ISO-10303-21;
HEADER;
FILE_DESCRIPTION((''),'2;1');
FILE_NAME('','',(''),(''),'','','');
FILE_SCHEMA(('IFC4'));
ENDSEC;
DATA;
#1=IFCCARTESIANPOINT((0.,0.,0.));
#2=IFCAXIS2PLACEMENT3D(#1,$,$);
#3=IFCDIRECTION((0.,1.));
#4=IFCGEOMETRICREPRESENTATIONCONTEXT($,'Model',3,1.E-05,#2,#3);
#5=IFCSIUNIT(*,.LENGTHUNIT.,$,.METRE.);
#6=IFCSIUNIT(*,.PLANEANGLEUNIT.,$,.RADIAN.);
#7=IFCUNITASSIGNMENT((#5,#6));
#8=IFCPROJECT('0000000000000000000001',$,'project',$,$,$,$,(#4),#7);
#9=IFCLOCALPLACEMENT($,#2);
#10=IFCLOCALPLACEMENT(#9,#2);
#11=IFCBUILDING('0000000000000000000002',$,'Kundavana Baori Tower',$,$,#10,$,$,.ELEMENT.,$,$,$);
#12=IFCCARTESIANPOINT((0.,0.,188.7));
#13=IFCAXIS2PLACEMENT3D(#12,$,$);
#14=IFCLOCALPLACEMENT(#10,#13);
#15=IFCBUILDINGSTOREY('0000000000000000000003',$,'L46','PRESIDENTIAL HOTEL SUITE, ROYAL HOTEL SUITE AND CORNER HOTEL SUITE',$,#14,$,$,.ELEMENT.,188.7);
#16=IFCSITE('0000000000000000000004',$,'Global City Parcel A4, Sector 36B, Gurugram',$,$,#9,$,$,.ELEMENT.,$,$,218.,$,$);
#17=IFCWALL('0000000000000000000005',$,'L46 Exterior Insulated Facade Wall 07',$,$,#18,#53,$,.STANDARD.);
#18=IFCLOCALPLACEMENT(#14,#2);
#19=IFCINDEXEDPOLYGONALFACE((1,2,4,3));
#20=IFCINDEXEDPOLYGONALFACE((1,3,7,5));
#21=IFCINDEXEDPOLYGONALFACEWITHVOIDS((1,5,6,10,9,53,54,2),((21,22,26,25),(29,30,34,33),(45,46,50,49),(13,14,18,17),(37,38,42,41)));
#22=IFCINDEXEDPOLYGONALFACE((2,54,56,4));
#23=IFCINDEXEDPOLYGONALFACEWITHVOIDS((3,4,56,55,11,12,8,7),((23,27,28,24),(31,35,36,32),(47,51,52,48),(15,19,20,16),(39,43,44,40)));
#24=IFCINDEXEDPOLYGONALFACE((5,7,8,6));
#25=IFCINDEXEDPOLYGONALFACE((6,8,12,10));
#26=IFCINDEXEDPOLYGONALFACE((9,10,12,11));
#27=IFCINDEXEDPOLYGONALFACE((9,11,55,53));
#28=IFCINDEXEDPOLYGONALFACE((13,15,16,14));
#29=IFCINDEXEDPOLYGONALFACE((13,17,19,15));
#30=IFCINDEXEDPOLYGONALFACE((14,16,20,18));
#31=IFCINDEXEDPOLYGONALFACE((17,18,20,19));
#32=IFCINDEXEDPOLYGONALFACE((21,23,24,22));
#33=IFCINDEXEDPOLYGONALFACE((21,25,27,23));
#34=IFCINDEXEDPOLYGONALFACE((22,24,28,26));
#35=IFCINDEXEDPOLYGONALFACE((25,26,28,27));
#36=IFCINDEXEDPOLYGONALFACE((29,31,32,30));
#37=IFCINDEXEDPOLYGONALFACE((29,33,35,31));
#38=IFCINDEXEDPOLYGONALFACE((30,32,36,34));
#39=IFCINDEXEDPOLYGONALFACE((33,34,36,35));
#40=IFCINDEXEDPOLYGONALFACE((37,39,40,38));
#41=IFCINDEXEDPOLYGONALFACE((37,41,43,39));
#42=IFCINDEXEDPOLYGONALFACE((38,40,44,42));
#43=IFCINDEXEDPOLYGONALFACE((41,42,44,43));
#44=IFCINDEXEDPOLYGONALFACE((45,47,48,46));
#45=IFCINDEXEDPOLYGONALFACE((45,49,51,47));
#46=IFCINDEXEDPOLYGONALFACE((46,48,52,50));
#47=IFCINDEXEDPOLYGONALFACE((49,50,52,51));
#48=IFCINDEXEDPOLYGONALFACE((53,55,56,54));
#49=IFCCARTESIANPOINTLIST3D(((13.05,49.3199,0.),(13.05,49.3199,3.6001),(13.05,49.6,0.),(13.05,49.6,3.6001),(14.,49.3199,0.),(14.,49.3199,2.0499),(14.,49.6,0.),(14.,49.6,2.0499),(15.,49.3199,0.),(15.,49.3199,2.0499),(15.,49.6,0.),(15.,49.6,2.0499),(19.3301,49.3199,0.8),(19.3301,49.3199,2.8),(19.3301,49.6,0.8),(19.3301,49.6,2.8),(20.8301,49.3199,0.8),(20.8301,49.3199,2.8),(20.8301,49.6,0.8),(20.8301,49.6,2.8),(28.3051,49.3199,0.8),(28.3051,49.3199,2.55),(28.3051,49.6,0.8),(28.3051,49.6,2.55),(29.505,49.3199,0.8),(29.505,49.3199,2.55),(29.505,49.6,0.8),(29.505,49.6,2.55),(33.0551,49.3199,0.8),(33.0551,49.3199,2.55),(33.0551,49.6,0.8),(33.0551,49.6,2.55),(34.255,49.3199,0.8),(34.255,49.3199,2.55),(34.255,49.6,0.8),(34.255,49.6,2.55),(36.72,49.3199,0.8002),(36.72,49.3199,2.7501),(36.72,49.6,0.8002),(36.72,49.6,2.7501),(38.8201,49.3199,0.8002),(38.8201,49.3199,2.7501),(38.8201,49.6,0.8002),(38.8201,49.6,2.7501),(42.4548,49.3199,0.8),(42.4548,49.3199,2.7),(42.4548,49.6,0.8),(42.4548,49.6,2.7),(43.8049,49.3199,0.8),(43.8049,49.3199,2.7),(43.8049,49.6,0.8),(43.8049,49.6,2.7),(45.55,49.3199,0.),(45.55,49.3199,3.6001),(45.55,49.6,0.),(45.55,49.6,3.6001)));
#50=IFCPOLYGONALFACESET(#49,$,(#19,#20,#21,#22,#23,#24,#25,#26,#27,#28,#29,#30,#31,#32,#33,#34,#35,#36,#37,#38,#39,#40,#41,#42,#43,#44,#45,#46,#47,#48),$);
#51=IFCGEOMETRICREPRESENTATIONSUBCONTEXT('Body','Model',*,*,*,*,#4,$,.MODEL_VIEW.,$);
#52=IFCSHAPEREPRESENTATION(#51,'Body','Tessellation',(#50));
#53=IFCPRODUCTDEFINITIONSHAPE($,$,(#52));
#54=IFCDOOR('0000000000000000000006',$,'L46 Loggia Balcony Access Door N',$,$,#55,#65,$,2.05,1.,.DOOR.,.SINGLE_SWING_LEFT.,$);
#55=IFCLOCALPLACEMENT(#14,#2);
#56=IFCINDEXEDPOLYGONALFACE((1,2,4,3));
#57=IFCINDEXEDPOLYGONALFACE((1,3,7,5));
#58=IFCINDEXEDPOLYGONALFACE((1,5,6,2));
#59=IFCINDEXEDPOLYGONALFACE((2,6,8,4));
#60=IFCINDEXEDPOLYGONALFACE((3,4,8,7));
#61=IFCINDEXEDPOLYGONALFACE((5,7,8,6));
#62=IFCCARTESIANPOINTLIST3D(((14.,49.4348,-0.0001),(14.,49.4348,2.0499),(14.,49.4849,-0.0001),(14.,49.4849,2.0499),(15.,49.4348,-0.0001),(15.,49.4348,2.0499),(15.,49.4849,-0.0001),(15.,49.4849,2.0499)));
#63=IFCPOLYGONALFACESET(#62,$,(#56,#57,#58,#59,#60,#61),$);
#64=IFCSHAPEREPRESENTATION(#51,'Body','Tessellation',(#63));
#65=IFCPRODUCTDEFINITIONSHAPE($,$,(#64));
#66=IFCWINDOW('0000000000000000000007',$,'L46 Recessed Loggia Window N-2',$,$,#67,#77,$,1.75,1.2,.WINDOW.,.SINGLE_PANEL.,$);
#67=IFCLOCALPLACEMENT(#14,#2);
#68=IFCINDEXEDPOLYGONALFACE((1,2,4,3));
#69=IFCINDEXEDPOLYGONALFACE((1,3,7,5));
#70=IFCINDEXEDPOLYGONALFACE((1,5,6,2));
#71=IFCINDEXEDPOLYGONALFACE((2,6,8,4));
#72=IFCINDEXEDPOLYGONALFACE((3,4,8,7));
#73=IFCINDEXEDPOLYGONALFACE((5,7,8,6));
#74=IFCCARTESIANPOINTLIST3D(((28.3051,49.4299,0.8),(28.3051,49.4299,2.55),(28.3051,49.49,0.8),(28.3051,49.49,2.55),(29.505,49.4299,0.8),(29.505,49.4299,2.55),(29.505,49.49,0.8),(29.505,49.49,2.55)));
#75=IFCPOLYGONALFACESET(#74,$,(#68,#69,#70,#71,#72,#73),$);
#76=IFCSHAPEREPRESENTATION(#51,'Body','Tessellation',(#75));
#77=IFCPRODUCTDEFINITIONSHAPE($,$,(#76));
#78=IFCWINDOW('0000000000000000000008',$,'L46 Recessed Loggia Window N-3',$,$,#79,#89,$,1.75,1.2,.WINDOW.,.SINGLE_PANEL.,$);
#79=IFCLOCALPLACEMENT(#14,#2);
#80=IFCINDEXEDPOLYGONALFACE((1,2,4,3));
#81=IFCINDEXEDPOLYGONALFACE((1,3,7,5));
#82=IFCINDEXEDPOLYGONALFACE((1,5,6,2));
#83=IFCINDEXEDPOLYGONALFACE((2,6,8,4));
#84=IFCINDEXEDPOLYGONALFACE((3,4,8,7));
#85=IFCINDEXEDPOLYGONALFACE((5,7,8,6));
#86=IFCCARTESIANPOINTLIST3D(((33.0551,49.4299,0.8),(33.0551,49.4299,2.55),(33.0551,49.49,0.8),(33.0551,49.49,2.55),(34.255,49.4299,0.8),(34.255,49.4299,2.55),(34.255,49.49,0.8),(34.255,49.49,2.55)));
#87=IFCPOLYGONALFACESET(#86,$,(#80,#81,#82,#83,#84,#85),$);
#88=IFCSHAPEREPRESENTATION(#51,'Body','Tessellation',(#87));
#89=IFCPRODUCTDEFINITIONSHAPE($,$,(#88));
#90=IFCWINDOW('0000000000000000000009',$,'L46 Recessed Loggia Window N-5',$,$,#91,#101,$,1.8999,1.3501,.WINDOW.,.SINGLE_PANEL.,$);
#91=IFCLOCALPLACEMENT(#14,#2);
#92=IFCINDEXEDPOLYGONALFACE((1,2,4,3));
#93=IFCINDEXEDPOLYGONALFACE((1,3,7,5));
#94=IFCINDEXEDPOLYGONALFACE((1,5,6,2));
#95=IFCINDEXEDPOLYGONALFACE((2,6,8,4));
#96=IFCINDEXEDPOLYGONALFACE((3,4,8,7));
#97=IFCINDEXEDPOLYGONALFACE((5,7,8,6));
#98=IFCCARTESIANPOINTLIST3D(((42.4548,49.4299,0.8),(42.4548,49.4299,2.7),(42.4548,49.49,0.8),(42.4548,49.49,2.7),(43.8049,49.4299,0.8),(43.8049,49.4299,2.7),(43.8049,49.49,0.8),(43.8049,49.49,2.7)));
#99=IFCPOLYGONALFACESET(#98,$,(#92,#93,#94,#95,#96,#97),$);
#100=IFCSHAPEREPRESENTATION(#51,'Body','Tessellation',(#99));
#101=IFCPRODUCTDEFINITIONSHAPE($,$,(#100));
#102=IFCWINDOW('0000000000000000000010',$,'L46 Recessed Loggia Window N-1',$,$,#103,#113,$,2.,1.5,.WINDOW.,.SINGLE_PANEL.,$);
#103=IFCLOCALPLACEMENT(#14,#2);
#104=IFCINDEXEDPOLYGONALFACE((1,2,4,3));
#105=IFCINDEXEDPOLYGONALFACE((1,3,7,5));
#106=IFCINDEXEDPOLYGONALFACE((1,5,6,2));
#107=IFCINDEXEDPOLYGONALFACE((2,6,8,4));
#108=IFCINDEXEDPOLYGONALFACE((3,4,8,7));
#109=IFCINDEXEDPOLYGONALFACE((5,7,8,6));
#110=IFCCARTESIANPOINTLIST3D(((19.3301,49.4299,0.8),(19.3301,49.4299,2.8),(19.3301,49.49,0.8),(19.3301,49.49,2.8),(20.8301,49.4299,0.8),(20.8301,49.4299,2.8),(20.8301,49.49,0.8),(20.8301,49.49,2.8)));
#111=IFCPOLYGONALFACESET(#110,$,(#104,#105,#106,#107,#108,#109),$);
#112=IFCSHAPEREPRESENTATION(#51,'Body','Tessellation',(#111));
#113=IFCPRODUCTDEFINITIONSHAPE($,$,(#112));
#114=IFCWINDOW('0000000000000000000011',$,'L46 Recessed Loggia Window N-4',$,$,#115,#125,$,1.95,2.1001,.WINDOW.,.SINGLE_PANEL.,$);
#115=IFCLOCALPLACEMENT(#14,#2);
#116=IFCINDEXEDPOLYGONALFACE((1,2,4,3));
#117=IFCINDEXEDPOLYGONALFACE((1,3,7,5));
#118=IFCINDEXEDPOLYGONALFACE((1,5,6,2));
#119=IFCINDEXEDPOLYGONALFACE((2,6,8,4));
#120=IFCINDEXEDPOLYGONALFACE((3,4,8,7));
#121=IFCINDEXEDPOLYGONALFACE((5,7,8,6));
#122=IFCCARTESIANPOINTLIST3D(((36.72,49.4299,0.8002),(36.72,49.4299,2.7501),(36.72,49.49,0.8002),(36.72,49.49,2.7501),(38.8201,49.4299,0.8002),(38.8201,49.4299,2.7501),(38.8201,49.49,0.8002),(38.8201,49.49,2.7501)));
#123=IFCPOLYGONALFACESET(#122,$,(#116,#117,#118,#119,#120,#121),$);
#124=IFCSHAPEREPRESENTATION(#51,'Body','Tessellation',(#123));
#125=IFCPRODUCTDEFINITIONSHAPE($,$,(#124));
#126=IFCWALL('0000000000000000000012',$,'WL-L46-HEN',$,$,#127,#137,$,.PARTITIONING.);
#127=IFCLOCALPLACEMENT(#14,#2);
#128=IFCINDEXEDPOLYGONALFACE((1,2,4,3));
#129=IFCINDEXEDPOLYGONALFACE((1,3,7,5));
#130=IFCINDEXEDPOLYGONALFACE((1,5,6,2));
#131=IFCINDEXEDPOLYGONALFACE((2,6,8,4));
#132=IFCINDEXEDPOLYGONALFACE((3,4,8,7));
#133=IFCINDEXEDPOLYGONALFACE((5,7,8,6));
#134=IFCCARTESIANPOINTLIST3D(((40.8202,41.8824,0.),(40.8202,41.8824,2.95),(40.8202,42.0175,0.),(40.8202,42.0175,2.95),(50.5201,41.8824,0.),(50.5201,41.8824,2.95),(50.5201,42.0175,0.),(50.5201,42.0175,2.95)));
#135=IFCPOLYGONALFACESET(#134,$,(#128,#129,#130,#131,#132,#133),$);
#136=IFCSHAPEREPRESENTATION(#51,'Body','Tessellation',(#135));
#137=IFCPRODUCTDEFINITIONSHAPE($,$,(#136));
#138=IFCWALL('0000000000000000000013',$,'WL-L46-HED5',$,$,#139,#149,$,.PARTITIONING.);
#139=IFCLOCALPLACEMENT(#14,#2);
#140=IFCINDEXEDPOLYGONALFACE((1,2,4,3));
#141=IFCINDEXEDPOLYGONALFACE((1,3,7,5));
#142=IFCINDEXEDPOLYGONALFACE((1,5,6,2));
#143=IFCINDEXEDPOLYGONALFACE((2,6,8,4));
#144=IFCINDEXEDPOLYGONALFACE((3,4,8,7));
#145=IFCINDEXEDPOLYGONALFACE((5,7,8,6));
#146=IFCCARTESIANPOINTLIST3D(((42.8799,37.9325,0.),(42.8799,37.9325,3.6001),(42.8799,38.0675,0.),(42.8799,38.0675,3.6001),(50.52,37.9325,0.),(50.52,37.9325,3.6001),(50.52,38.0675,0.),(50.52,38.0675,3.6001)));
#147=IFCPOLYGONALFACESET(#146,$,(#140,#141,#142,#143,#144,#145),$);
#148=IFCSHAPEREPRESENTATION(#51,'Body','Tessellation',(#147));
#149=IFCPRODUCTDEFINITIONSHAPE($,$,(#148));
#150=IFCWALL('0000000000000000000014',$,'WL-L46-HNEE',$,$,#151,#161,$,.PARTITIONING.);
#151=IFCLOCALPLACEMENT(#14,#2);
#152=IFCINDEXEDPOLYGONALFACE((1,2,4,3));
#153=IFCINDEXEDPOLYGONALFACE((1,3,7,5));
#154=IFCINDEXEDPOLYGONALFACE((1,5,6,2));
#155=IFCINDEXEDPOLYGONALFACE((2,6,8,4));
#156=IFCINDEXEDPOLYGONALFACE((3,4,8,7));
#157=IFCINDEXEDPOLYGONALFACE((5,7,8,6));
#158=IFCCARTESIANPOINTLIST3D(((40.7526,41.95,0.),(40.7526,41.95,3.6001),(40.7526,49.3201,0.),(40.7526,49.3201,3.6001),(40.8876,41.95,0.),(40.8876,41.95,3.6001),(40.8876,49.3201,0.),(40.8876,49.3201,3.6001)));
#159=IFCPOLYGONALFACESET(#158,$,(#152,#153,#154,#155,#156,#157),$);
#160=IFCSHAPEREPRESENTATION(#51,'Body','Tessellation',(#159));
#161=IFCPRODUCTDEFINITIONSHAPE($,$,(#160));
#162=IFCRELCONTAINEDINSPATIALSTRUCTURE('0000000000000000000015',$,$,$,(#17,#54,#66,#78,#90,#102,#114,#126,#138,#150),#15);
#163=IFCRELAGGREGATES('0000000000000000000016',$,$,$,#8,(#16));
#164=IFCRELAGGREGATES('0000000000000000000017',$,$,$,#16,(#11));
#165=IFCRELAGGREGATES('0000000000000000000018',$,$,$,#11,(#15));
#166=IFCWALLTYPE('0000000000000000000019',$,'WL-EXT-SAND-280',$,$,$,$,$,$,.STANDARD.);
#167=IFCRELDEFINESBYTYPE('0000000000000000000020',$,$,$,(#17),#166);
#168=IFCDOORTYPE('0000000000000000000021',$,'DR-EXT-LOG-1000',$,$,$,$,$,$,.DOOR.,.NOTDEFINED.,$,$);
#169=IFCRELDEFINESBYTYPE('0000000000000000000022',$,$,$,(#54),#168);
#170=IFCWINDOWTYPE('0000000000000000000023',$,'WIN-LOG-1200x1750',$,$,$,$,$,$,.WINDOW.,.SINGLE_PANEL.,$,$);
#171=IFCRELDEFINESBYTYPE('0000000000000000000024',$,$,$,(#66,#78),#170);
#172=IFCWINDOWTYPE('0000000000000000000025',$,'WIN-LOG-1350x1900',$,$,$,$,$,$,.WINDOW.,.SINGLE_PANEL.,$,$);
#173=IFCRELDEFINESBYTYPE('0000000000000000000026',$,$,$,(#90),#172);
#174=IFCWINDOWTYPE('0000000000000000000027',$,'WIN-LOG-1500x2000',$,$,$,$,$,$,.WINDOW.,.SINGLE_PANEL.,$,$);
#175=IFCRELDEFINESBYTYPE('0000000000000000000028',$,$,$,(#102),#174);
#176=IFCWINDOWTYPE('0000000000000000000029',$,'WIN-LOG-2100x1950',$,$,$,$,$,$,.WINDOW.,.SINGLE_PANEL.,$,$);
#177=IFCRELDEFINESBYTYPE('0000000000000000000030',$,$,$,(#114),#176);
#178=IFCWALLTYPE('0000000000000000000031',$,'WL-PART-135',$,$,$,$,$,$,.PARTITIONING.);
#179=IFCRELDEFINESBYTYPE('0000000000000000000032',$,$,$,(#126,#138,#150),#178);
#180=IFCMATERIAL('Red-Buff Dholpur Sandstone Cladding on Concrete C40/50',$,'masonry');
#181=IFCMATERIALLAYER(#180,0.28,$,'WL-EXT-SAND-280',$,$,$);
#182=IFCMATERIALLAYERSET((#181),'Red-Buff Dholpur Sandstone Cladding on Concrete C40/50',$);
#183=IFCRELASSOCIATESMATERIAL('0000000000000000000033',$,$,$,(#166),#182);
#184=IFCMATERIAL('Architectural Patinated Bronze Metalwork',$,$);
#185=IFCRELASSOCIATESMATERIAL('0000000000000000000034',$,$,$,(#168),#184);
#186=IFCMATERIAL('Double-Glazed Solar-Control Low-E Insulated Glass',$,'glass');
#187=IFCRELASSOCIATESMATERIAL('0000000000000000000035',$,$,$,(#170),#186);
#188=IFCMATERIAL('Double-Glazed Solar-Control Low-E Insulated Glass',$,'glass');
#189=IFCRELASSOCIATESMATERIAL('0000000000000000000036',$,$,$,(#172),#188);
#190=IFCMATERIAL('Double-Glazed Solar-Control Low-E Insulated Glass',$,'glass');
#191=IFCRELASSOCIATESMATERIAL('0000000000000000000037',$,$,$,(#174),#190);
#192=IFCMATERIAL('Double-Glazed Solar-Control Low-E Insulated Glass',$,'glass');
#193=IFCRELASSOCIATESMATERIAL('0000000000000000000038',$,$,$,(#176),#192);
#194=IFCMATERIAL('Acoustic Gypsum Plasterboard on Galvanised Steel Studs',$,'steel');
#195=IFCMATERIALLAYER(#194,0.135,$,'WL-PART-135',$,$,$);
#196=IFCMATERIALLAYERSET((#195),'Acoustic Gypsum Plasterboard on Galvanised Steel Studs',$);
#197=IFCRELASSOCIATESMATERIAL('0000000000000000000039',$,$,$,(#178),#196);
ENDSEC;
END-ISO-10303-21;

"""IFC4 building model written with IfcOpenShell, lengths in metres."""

from ifc_helpers import new_model, si_unit, direction, frame, frame_2d, origin, place, context, subcontext, project, spatial, rectangle, extrude, material, layer, layer_set, type_object, element, fill, save


model = new_model("IFC4")

# Units and contexts
model_context = context("Model", 3, precision=1e-05, world=origin(), true_north=direction((0.0, 1.0)))
body_context = subcontext(model_context, "Body", "Model", "MODEL_VIEW")
ifc_project = project(units=[si_unit("LENGTHUNIT", "METRE"), si_unit("PLANEANGLEUNIT", "RADIAN")], contexts=[model_context])

# Site, building, storey
site_placement = place(None, origin())
site = spatial("IfcSite", under=ifc_project, at=site_placement, Name="Global City Parcel A4, Sector 36B, Gurugram", CompositionType="ELEMENT", RefElevation=218.0)
building_placement = place(site_placement, origin())
building = spatial("IfcBuilding", under=site, at=building_placement, Name="Kundavana Baori Tower", CompositionType="ELEMENT")
storey_placement = place(building_placement, frame((0.0, 0.0, 188.7)))
storey = spatial("IfcBuildingStorey", under=building, at=storey_placement, Name="L46", Description="PRESIDENTIAL HOTEL SUITE, ROYAL HOTEL SUITE AND CORNER HOTEL SUITE", CompositionType="ELEMENT", Elevation=188.7)

# Shared definitions
ifc_material_1 = material(Name="Red-Buff Dholpur Sandstone Cladding on Concrete C40/50", Category="masonry")
ifc_layer_1 = layer(ifc_material_1, 0.28, Name="WL-EXT-SAND-280")
ifc_layer_set_1 = layer_set([ifc_layer_1], Name="Red-Buff Dholpur Sandstone Cladding on Concrete C40/50")
wall_type_1 = type_object("IfcWallType", Name="WL-EXT-SAND-280", PredefinedType="STANDARD", material=ifc_layer_set_1)

# Wall, openings, door, windows
wall_1_placement = place(storey_placement, frame((45.55, 49.46, 0.0), z_axis=(0.0, 0.0, 1.0), x_axis=(-1.0, 0.0, 0.0)))
wall_1 = element("IfcWall", 1, at=wall_1_placement, inside=storey, type_object=wall_type_1, Name="L46 Exterior Insulated Facade Wall 07", PredefinedType="STANDARD", context=body_context, shape_type="SweptSolid", body=[
    extrude(rectangle(XDim=32.5, YDim=0.28, at=frame_2d((16.25, 0.0))), origin(), (0.0, 0.0, 1.0), 3.6001),
])
opening_1_placement = place(wall_1_placement, frame((30.55, 0.0, 0.0)))
opening_1 = element("IfcOpeningElement", 2, at=opening_1_placement, cuts=wall_1, PredefinedType="OPENING", context=body_context, shape_type="SweptSolid", body=[
    extrude(rectangle(XDim=1.0, YDim=2.05, at=frame_2d((0.5, 1.0249))), frame((0.0, 0.1499, 0.0), z_axis=(0.0, -1.0, 0.0), x_axis=(1.0, 0.0, 0.0)), (0.0, 0.0, 1.0), 0.3),
])
opening_2_placement = place(wall_1_placement, frame((24.72, 0.0, 0.8)))
opening_2 = element("IfcOpeningElement", 3, at=opening_2_placement, cuts=wall_1, PredefinedType="OPENING", context=body_context, shape_type="SweptSolid", body=[
    extrude(rectangle(XDim=1.5, YDim=2.0, at=frame_2d((0.75, 1.0))), frame((0.0, 0.1499, 0.0), z_axis=(0.0, -1.0, 0.0), x_axis=(1.0, 0.0, 0.0)), (0.0, 0.0, 1.0), 0.3),
])
opening_3_placement = place(wall_1_placement, frame((16.0449, 0.0, 0.8)))
opening_3 = element("IfcOpeningElement", 4, at=opening_3_placement, cuts=wall_1, PredefinedType="OPENING", context=body_context, shape_type="SweptSolid", body=[
    extrude(rectangle(XDim=1.2, YDim=1.75, at=frame_2d((0.6001, 0.875))), frame((0.0, 0.1499, 0.0), z_axis=(0.0, -1.0, 0.0), x_axis=(1.0, 0.0, 0.0)), (0.0, 0.0, 1.0), 0.3),
])
opening_4_placement = place(wall_1_placement, frame((11.2949, 0.0, 0.8)))
opening_4 = element("IfcOpeningElement", 5, at=opening_4_placement, cuts=wall_1, PredefinedType="OPENING", context=body_context, shape_type="SweptSolid", body=[
    extrude(rectangle(XDim=1.2, YDim=1.75, at=frame_2d((0.6001, 0.875))), frame((0.0, 0.1499, 0.0), z_axis=(0.0, -1.0, 0.0), x_axis=(1.0, 0.0, 0.0)), (0.0, 0.0, 1.0), 0.3),
])
opening_5_placement = place(wall_1_placement, frame((6.73, 0.0, 0.8)))
opening_5 = element("IfcOpeningElement", 6, at=opening_5_placement, cuts=wall_1, PredefinedType="OPENING", context=body_context, shape_type="SweptSolid", body=[
    extrude(rectangle(XDim=2.1001, YDim=1.95, at=frame_2d((1.05, 0.9751))), frame((0.0, 0.1499, 0.0), z_axis=(0.0, -1.0, 0.0), x_axis=(1.0, 0.0, 0.0)), (0.0, 0.0, 1.0), 0.3),
])
opening_6_placement = place(wall_1_placement, frame((1.7451, 0.0, 0.8)))
opening_6 = element("IfcOpeningElement", 7, at=opening_6_placement, cuts=wall_1, PredefinedType="OPENING", context=body_context, shape_type="SweptSolid", body=[
    extrude(rectangle(XDim=1.3501, YDim=1.8999, at=frame_2d((0.675, 0.95))), frame((0.0, 0.1499, 0.0), z_axis=(0.0, -1.0, 0.0), x_axis=(1.0, 0.0, 0.0)), (0.0, 0.0, 1.0), 0.3),
])
ifc_material_2 = material(Name="Architectural Patinated Bronze Metalwork")
door_type_1 = type_object("IfcDoorType", Name="DR-EXT-LOG-1000", OperationType="NOTDEFINED", PredefinedType="DOOR", material=ifc_material_2)
door_1_placement = place(opening_1_placement, frame((1.0, 0.0, 0.0), z_axis=(0.0, 0.0, 1.0), x_axis=(-1.0, 0.0, 0.0)))
door_1 = element("IfcDoor", 8, at=door_1_placement, inside=storey, type_object=door_type_1, Name="L46 Loggia Balcony Access Door N", OperationType="SINGLE_SWING_LEFT", OverallHeight=2.05, OverallWidth=1.0, PredefinedType="DOOR", context=body_context, shape_type="SweptSolid", body=[
    extrude(rectangle(XDim=1.0, YDim=2.05, at=frame_2d((0.5, 1.0249))), frame((0.0, 0.0249, 0.0), z_axis=(0.0, -1.0, 0.0), x_axis=(1.0, 0.0, 0.0)), (0.0, 0.0, 1.0), 0.05),
])
fill(opening_1, door_1)
ifc_material_3 = material(Name="Double-Glazed Solar-Control Low-E Insulated Glass", Category="glass")
window_type_1 = type_object("IfcWindowType", Name="WIN-LOG-1200x1750", PartitioningType="SINGLE_PANEL", PredefinedType="WINDOW", material=ifc_material_3)
window_1_placement = place(opening_3_placement, origin())
window_1 = element("IfcWindow", 9, at=window_1_placement, inside=storey, type_object=window_type_1, Name="L46 Recessed Loggia Window N-2", OverallHeight=1.75, OverallWidth=1.2, PartitioningType="SINGLE_PANEL", PredefinedType="WINDOW", context=body_context, shape_type="SweptSolid", body=[
    extrude(rectangle(XDim=1.2, YDim=1.75, at=frame_2d((0.6001, 0.875))), frame((0.0, 0.03, 0.0), z_axis=(0.0, -1.0, 0.0), x_axis=(1.0, 0.0, 0.0)), (0.0, 0.0, 1.0), 0.0601),
])
fill(opening_3, window_1)
window_2_placement = place(opening_4_placement, origin())
window_2 = element("IfcWindow", 10, at=window_2_placement, inside=storey, type_object=window_type_1, Name="L46 Recessed Loggia Window N-3", OverallHeight=1.75, OverallWidth=1.2, PartitioningType="SINGLE_PANEL", PredefinedType="WINDOW", context=body_context, shape_type="SweptSolid", body=[
    extrude(rectangle(XDim=1.2, YDim=1.75, at=frame_2d((0.6001, 0.875))), frame((0.0, 0.03, 0.0), z_axis=(0.0, -1.0, 0.0), x_axis=(1.0, 0.0, 0.0)), (0.0, 0.0, 1.0), 0.0601),
])
fill(opening_4, window_2)
ifc_material_4 = material(Name="Double-Glazed Solar-Control Low-E Insulated Glass", Category="glass")
window_type_2 = type_object("IfcWindowType", Name="WIN-LOG-1350x1900", PartitioningType="SINGLE_PANEL", PredefinedType="WINDOW", material=ifc_material_4)
window_3_placement = place(opening_6_placement, origin())
window_3 = element("IfcWindow", 11, at=window_3_placement, inside=storey, type_object=window_type_2, Name="L46 Recessed Loggia Window N-5", OverallHeight=1.8999, OverallWidth=1.3501, PartitioningType="SINGLE_PANEL", PredefinedType="WINDOW", context=body_context, shape_type="SweptSolid", body=[
    extrude(rectangle(XDim=1.3501, YDim=1.8999, at=frame_2d((0.675, 0.95))), frame((0.0, 0.03, 0.0), z_axis=(0.0, -1.0, 0.0), x_axis=(1.0, 0.0, 0.0)), (0.0, 0.0, 1.0), 0.0601),
])
fill(opening_6, window_3)
ifc_material_5 = material(Name="Double-Glazed Solar-Control Low-E Insulated Glass", Category="glass")
window_type_3 = type_object("IfcWindowType", Name="WIN-LOG-1500x2000", PartitioningType="SINGLE_PANEL", PredefinedType="WINDOW", material=ifc_material_5)
window_4_placement = place(opening_2_placement, origin())
window_4 = element("IfcWindow", 12, at=window_4_placement, inside=storey, type_object=window_type_3, Name="L46 Recessed Loggia Window N-1", OverallHeight=2.0, OverallWidth=1.5, PartitioningType="SINGLE_PANEL", PredefinedType="WINDOW", context=body_context, shape_type="SweptSolid", body=[
    extrude(rectangle(XDim=1.5, YDim=2.0, at=frame_2d((0.75, 1.0))), frame((0.0, 0.03, 0.0), z_axis=(0.0, -1.0, 0.0), x_axis=(1.0, 0.0, 0.0)), (0.0, 0.0, 1.0), 0.0601),
])
fill(opening_2, window_4)
ifc_material_6 = material(Name="Double-Glazed Solar-Control Low-E Insulated Glass", Category="glass")
window_type_4 = type_object("IfcWindowType", Name="WIN-LOG-2100x1950", PartitioningType="SINGLE_PANEL", PredefinedType="WINDOW", material=ifc_material_6)
window_5_placement = place(opening_5_placement, origin())
window_5 = element("IfcWindow", 13, at=window_5_placement, inside=storey, type_object=window_type_4, Name="L46 Recessed Loggia Window N-4", OverallHeight=1.95, OverallWidth=2.1001, PartitioningType="SINGLE_PANEL", PredefinedType="WINDOW", context=body_context, shape_type="SweptSolid", body=[
    extrude(rectangle(XDim=2.1001, YDim=1.95, at=frame_2d((1.05, 0.9751))), frame((0.0, 0.03, 0.0), z_axis=(0.0, -1.0, 0.0), x_axis=(1.0, 0.0, 0.0)), (0.0, 0.0, 1.0), 0.0601),
])
fill(opening_5, window_5)

# Walls
ifc_material_7 = material(Name="Acoustic Gypsum Plasterboard on Galvanised Steel Studs", Category="steel")
ifc_layer_2 = layer(ifc_material_7, 0.135, Name="WL-PART-135")
ifc_layer_set_2 = layer_set([ifc_layer_2], Name="Acoustic Gypsum Plasterboard on Galvanised Steel Studs")
wall_type_2 = type_object("IfcWallType", Name="WL-PART-135", PredefinedType="PARTITIONING", material=ifc_layer_set_2)
wall_2_placement = place(storey_placement, frame((40.8201, 41.95, 0.0), z_axis=(0.0, 0.0, 1.0), x_axis=(1.0, 0.0, 0.0)))
element("IfcWall", 14, at=wall_2_placement, inside=storey, type_object=wall_type_2, Name="WL-L46-HEN", PredefinedType="PARTITIONING", context=body_context, shape_type="SweptSolid", body=[
    extrude(rectangle(XDim=9.7, YDim=0.135, at=frame_2d((4.8501, 0.0))), origin(), (0.0, 0.0, 1.0), 2.95),
])
wall_3_placement = place(storey_placement, frame((42.8799, 38.0, 0.0), z_axis=(0.0, 0.0, 1.0), x_axis=(1.0, 0.0, 0.0)))
element("IfcWall", 15, at=wall_3_placement, inside=storey, type_object=wall_type_2, Name="WL-L46-HED5", PredefinedType="PARTITIONING", context=body_context, shape_type="SweptSolid", body=[
    extrude(rectangle(XDim=7.6401, YDim=0.135, at=frame_2d((3.8201, 0.0))), origin(), (0.0, 0.0, 1.0), 3.6001),
])
wall_4_placement = place(storey_placement, frame((40.8201, 41.95, 0.0), z_axis=(0.0, 0.0, 1.0), x_axis=(0.0, 1.0, 0.0)))
element("IfcWall", 16, at=wall_4_placement, inside=storey, type_object=wall_type_2, Name="WL-L46-HNEE", PredefinedType="PARTITIONING", context=body_context, shape_type="SweptSolid", body=[
    extrude(rectangle(XDim=7.3701, YDim=0.135, at=frame_2d((3.6851, 0.0))), origin(), (0.0, 0.0, 1.0), 3.6001),
])

save(model, "model.ifc")
